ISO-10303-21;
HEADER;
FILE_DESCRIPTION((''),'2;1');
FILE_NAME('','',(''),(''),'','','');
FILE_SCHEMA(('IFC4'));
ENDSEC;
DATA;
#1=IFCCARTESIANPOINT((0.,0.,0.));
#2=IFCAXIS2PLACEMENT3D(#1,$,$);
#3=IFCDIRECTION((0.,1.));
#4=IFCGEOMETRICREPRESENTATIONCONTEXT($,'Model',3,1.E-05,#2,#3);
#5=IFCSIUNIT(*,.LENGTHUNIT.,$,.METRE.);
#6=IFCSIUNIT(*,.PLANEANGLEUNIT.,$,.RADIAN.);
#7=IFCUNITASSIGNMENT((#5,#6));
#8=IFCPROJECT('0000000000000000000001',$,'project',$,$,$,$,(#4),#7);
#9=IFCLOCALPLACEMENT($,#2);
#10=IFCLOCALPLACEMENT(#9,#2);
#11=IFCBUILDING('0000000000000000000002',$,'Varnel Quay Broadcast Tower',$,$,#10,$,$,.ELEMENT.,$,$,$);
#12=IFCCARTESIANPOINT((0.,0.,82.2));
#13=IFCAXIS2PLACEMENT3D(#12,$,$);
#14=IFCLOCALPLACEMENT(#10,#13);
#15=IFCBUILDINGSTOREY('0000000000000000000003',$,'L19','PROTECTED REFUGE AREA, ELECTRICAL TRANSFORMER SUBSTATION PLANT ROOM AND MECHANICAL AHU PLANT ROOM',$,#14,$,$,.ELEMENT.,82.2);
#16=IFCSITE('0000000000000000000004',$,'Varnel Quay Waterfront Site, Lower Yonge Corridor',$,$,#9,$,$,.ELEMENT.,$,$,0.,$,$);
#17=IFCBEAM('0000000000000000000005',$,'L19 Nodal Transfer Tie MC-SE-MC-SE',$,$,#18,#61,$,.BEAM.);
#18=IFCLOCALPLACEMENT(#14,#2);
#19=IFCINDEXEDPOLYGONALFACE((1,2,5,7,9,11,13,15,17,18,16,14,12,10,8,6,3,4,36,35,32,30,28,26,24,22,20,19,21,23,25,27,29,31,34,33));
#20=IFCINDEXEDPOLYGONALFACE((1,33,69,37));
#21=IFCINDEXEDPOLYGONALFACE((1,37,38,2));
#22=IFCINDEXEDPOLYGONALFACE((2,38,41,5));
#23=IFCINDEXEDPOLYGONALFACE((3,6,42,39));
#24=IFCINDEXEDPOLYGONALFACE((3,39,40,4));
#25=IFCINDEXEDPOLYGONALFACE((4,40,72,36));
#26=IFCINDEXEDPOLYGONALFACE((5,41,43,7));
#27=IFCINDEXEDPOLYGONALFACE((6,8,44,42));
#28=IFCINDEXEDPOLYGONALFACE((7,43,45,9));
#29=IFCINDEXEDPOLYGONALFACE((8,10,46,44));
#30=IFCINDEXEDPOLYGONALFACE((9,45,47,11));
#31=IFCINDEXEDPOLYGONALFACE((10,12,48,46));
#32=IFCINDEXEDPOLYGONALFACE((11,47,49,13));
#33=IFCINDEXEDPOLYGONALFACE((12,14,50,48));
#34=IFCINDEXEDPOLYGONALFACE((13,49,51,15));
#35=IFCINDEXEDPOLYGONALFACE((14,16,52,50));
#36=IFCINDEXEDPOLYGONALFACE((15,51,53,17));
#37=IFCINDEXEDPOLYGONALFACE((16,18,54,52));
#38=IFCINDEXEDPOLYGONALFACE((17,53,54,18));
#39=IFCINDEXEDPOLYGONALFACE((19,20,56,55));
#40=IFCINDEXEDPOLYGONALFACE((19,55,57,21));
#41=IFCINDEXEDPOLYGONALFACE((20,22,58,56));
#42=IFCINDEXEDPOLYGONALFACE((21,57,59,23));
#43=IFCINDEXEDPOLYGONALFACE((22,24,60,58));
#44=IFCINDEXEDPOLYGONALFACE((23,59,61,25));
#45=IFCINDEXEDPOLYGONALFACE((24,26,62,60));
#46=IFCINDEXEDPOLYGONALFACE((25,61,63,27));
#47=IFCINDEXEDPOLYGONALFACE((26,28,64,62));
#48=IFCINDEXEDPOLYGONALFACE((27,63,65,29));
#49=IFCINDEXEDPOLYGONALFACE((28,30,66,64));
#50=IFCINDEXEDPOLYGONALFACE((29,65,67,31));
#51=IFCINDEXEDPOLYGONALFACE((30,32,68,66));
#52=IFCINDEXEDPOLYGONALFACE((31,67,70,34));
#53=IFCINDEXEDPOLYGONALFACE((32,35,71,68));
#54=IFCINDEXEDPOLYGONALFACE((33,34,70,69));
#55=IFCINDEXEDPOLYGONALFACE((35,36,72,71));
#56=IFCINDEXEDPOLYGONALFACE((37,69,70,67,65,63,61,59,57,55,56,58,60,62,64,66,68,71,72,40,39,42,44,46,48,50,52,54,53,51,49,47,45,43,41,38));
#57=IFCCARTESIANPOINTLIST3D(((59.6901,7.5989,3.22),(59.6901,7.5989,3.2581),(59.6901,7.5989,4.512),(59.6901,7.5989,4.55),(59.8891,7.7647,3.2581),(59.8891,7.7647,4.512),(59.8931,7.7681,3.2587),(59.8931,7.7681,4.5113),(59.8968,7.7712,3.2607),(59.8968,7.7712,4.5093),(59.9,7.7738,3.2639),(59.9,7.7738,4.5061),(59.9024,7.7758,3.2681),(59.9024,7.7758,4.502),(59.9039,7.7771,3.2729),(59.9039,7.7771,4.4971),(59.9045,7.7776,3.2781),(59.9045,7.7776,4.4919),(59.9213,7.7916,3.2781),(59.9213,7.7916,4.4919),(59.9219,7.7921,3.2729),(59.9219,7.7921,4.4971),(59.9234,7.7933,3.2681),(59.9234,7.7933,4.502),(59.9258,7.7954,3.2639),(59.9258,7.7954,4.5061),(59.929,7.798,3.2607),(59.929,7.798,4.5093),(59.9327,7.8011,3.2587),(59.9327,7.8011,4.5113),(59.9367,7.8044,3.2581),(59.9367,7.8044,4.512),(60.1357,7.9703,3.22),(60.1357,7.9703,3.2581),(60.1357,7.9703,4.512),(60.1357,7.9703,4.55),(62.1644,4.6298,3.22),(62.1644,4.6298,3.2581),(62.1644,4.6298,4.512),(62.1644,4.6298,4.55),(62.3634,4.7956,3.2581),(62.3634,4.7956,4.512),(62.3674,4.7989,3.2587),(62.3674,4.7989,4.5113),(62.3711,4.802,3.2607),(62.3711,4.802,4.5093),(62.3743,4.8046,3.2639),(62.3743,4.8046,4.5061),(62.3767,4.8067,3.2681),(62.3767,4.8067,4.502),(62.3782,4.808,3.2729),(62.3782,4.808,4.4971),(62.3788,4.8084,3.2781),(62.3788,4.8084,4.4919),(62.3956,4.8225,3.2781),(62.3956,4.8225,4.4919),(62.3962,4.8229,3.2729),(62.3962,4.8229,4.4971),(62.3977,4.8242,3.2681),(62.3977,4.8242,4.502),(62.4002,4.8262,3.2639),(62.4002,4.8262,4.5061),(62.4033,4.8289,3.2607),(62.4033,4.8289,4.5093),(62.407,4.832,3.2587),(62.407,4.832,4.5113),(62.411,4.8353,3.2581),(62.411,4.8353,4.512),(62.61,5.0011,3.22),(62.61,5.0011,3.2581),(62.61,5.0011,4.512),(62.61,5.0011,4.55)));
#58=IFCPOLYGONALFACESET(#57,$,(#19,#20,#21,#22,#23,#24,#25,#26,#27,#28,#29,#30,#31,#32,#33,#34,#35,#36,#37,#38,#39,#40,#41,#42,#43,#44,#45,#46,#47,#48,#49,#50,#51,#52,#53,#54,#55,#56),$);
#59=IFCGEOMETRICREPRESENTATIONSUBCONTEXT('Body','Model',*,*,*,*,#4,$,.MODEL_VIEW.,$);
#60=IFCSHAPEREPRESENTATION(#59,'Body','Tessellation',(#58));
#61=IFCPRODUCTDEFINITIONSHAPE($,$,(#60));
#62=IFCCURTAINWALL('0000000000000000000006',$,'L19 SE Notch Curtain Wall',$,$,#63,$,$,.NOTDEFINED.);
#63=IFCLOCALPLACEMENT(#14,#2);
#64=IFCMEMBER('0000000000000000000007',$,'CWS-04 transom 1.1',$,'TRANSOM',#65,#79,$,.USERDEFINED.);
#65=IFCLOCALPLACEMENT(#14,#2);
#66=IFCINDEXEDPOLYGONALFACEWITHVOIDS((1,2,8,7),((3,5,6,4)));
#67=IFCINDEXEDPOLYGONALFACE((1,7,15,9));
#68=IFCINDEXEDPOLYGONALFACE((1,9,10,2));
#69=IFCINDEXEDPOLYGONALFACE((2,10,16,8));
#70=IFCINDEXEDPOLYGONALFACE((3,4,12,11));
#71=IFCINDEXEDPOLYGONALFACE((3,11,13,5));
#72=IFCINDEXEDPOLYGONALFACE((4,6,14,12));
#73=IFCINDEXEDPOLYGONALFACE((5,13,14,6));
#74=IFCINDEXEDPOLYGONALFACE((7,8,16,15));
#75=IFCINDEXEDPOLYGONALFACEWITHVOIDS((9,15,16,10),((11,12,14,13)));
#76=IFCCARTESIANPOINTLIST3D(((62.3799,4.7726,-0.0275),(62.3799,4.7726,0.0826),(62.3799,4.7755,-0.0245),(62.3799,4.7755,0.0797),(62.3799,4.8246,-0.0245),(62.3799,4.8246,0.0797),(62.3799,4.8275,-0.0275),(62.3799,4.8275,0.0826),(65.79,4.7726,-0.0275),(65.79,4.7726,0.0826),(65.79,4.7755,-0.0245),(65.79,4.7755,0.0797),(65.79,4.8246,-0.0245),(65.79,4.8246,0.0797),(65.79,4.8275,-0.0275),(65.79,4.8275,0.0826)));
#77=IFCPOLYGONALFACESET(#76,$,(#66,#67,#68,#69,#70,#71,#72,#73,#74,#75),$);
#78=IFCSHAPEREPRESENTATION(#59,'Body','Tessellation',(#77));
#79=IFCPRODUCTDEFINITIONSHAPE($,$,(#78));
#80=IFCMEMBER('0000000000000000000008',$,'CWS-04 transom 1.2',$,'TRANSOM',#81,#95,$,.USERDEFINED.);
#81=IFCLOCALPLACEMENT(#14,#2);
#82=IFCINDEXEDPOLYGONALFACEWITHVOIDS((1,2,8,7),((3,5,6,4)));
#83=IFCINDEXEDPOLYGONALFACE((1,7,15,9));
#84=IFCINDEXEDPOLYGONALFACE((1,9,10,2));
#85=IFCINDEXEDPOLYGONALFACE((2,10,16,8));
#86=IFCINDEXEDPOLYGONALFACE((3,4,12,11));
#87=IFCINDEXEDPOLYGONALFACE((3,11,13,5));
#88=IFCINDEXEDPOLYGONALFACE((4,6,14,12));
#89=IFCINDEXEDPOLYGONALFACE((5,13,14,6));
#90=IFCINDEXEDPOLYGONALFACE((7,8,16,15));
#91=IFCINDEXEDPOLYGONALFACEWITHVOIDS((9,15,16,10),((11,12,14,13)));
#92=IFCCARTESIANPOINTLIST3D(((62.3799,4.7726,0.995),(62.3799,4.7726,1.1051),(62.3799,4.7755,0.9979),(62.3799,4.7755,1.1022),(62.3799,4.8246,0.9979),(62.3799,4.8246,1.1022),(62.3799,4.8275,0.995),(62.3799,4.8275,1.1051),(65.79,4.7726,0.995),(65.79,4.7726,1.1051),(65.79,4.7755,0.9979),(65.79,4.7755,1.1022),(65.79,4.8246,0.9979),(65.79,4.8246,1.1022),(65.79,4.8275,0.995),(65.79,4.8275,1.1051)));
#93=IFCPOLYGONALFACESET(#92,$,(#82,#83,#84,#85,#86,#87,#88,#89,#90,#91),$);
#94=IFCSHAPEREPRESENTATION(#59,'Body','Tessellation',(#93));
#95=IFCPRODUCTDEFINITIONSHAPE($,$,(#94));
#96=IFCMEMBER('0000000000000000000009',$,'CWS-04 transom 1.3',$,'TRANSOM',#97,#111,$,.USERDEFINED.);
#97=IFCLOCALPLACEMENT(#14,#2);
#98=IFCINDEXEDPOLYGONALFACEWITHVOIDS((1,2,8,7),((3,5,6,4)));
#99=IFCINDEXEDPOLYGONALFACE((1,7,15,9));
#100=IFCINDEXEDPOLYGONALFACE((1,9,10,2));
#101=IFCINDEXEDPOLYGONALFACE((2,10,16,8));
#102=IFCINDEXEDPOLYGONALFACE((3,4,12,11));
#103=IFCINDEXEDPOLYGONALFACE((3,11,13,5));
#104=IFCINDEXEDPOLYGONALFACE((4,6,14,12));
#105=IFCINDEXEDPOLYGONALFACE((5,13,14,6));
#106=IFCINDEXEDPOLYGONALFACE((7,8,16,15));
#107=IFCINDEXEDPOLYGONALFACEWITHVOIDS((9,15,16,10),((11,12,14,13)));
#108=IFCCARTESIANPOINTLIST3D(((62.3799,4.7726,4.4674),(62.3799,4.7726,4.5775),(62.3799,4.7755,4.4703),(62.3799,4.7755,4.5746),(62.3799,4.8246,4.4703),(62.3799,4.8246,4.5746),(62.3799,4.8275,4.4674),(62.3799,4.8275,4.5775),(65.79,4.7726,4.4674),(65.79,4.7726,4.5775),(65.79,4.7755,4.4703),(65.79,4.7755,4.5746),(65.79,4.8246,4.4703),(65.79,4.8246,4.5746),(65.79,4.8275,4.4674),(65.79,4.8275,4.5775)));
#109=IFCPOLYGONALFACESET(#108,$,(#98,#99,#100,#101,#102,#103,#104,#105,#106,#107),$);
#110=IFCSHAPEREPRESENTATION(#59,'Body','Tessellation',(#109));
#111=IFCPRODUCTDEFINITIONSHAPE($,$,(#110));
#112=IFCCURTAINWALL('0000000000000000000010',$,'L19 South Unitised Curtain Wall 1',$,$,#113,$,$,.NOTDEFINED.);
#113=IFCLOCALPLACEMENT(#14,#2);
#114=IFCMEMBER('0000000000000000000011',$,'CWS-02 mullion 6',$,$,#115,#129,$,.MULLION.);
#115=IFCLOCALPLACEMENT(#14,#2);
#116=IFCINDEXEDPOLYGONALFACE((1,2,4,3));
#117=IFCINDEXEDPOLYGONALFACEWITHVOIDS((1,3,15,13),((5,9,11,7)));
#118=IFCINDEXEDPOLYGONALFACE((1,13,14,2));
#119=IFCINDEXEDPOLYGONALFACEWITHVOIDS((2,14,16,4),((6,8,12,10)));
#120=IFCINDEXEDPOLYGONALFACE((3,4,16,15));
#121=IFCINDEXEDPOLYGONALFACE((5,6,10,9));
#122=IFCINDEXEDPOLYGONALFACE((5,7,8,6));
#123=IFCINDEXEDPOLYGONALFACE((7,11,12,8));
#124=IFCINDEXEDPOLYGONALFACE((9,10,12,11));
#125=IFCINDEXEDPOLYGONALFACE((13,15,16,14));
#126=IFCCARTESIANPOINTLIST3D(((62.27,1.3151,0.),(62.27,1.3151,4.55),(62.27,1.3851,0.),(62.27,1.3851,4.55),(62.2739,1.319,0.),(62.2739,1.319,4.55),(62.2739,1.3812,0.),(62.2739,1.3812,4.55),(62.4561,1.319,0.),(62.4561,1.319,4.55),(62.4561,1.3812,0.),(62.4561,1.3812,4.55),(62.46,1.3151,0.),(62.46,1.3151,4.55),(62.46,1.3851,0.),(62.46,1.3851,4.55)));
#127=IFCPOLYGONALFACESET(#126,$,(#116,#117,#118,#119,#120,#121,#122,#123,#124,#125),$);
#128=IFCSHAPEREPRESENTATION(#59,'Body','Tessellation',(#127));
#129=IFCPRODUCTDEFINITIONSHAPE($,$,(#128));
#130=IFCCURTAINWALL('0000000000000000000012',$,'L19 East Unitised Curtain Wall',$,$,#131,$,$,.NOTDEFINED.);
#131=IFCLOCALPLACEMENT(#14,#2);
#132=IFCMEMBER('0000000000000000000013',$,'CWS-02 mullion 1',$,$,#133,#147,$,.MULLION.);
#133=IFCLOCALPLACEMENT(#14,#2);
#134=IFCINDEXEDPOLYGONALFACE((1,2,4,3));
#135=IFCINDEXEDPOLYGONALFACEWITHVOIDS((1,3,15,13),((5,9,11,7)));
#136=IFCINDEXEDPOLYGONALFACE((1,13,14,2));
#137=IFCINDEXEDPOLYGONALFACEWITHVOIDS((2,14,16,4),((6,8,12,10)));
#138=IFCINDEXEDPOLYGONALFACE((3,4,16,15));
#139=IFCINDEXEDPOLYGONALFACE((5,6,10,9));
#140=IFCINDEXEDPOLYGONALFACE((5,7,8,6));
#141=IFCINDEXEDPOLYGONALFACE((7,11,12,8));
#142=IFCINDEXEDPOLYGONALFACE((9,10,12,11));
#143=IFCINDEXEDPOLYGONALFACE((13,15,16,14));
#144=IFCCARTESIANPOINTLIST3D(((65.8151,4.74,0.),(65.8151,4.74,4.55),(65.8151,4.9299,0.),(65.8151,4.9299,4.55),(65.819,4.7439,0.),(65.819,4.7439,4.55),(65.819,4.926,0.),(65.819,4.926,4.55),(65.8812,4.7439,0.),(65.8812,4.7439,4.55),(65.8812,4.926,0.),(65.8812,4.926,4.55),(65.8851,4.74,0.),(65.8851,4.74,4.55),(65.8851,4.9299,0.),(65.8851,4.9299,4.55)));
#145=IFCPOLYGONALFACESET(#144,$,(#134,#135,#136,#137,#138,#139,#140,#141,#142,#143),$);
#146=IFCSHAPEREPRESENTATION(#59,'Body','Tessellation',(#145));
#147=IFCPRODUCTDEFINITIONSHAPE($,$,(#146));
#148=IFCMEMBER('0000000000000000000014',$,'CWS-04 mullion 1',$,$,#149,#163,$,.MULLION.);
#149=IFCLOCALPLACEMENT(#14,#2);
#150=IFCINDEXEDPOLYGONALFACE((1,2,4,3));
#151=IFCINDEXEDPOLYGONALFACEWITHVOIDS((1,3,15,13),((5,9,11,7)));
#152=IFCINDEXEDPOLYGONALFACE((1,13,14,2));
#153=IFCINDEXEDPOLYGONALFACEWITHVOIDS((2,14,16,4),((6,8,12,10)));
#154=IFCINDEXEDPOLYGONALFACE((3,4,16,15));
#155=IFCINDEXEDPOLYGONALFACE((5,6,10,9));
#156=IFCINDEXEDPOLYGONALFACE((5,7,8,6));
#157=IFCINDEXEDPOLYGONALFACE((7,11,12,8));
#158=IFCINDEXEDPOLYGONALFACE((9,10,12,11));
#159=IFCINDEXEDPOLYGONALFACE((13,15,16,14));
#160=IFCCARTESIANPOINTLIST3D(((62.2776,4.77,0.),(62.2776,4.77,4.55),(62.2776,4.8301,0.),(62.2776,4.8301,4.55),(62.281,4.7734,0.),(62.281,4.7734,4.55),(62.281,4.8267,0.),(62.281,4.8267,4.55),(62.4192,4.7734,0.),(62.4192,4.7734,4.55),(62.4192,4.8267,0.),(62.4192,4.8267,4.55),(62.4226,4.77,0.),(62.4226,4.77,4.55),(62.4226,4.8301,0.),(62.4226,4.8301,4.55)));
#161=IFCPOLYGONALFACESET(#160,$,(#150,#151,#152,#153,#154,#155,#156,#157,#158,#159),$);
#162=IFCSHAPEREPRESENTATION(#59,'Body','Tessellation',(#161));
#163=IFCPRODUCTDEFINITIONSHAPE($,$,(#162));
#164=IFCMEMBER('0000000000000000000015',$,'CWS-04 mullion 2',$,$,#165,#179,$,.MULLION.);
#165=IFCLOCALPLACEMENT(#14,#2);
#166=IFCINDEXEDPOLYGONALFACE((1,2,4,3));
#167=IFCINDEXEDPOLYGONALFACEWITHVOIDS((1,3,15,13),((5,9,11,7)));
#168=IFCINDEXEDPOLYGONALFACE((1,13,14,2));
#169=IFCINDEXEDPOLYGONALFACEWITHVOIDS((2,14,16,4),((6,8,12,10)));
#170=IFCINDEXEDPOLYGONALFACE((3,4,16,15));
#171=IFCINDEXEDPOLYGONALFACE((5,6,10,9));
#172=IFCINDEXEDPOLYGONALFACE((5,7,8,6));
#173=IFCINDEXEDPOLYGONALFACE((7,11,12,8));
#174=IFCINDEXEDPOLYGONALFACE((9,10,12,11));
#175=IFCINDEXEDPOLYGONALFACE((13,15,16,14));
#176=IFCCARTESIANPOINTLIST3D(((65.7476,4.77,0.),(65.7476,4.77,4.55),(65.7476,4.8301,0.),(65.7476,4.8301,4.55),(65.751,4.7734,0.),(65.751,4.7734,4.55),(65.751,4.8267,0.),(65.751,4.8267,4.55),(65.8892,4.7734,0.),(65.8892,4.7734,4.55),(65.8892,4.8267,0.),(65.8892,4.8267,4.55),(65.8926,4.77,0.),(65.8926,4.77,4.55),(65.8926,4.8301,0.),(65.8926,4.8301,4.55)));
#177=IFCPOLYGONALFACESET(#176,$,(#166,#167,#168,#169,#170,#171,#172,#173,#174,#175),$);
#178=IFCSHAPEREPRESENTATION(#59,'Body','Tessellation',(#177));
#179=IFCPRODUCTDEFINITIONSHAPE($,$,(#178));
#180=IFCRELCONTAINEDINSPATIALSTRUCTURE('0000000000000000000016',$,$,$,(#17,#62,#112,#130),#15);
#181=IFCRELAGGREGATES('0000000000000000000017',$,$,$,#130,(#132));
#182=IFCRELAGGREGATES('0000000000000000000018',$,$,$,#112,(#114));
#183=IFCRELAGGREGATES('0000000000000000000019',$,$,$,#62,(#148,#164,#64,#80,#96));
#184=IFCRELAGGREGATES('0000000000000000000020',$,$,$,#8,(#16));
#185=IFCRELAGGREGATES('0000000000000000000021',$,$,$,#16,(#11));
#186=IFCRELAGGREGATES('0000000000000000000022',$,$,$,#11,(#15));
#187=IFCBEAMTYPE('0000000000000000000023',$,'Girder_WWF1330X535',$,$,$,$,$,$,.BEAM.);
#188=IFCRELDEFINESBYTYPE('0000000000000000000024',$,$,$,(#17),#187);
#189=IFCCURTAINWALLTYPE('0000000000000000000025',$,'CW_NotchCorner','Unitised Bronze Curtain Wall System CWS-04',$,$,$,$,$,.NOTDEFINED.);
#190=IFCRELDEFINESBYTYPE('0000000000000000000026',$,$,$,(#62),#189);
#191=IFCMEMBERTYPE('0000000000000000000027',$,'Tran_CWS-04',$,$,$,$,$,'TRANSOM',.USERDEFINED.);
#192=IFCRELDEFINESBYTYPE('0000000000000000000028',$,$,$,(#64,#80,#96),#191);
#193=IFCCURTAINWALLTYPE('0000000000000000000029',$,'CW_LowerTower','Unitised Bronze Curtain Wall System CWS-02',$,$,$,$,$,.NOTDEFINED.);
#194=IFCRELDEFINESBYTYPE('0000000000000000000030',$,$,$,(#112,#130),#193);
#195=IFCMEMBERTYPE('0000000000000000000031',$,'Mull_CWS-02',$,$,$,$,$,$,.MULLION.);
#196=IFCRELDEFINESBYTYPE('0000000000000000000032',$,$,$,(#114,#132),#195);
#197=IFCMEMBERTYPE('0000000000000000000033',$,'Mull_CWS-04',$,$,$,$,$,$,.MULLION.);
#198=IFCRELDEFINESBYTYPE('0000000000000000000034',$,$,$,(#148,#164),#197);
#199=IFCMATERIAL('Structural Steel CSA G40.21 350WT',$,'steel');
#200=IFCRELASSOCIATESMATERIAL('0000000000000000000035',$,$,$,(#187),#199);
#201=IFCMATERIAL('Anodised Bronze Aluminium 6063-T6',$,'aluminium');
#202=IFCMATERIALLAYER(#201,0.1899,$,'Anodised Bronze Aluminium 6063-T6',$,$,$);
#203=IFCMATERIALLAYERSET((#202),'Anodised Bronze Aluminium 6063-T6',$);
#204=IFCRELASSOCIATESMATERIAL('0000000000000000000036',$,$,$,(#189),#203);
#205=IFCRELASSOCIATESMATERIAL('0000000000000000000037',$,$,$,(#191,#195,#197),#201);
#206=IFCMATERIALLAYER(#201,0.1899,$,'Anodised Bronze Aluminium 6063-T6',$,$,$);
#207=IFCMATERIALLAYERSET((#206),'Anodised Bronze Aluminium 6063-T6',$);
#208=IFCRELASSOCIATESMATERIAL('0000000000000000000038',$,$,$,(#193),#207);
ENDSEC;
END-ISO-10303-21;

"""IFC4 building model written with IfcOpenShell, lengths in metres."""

from ifc_helpers import new_model, si_unit, direction, frame, origin, origin_2d, place, context, subcontext, project, spatial, hollow_rectangle, i_section, extrude, source, transform, mapped, material, layer, layer_set, material_profile, profile_set, type_object, type_shapes, element, aggregate, save


model = new_model("IFC4")

# Units and contexts
model_context = context("Model", 3, precision=1e-05, world=origin(), true_north=direction((0.0, 1.0)))
body_context = subcontext(model_context, "Body", "Model", "MODEL_VIEW")
ifc_project = project(units=[si_unit("LENGTHUNIT", "METRE"), si_unit("PLANEANGLEUNIT", "RADIAN")], contexts=[model_context])

# Site, building, storey
site_placement = place(None, origin())
site = spatial("IfcSite", under=ifc_project, at=site_placement, Name="Varnel Quay Waterfront Site, Lower Yonge Corridor", CompositionType="ELEMENT", RefElevation=0.0)
building_placement = place(site_placement, origin())
building = spatial("IfcBuilding", under=site, at=building_placement, Name="Varnel Quay Broadcast Tower", CompositionType="ELEMENT")
storey_placement = place(building_placement, frame((0.0, 0.0, 82.2)))
storey = spatial("IfcBuildingStorey", under=building, at=storey_placement, Name="L19", Description="PROTECTED REFUGE AREA, ELECTRICAL TRANSFORMER SUBSTATION PLANT ROOM AND MECHANICAL AHU PLANT ROOM", CompositionType="ELEMENT", Elevation=82.2)

# Shared definitions
ifc_material_1 = material(Name="Structural Steel CSA G40.21 350WT", Category="steel")

# Beam
ifc_material_profile_1 = material_profile(ifc_material_1, i_section(OverallWidth=0.5801, OverallDepth=1.3301, WebThickness=0.022, FlangeThickness=0.0381, FilletRadius=0.02, at=origin_2d()), Name="WWF1330X535")
ifc_profile_set_1 = profile_set([ifc_material_profile_1], Name="Structural Steel CSA G40.21 350WT")
beam_type_1 = type_object("IfcBeamType", Name="Girder_WWF1330X535", PredefinedType="BEAM", material=ifc_profile_set_1)
shared_shape_1 = source(origin(), body_context, "Body", "SweptSolid", [
    extrude(i_section(OverallWidth=0.5801, OverallDepth=1.3301, WebThickness=0.022, FlangeThickness=0.0381, FilletRadius=0.02, at=origin_2d()), origin(), (0.0, 0.0, 1.0), 3.865),
])
beam_1_placement = place(storey_placement, frame((62.3872, 4.8154, 3.885), z_axis=(-0.640184, 0.768221, 0.0), x_axis=(-0.768221, -0.640184, 0.0)))
element("IfcBeam", 1, at=beam_1_placement, inside=storey, type_object=beam_type_1, Name="L19 Nodal Transfer Tie MC-SE-MC-SE", PredefinedType="BEAM", context=body_context, shape_type="MappedRepresentation", body=[
    mapped(shared_shape_1, transform((0.0, 0.0, 0.0), x_axis=(1.0, 0.0, 0.0), y_axis=(0.0, 1.0, 0.0), z_axis=(0.0, 0.0, 1.0), scale=1.0)),
])

# Curtain wall, members
ifc_material_2 = material(Name="Anodised Bronze Aluminium 6063-T6", Category="aluminium")
ifc_layer_1 = layer(ifc_material_2, 0.1899, Name="Anodised Bronze Aluminium 6063-T6")
ifc_layer_set_1 = layer_set([ifc_layer_1], Name="Anodised Bronze Aluminium 6063-T6")
curtain_wall_type_1 = type_object("IfcCurtainWallType", Name="CW_NotchCorner", Description="Unitised Bronze Curtain Wall System CWS-04", PredefinedType="NOTDEFINED", material=ifc_layer_set_1)
curtain_wall_1_placement = place(storey_placement, origin())
curtain_wall_1 = element("IfcCurtainWall", 2, at=curtain_wall_1_placement, inside=storey, type_object=curtain_wall_type_1, Name="L19 SE Notch Curtain Wall", PredefinedType="NOTDEFINED")
ifc_material_profile_2 = material_profile(ifc_material_2, hollow_rectangle(XDim=0.0549, YDim=0.1101, WallThickness=0.0029, at=origin_2d()), Name="ALU55X110X3")
ifc_profile_set_2 = profile_set([ifc_material_profile_2], Name="Anodised Bronze Aluminium 6063-T6")
member_type_1 = type_object("IfcMemberType", Name="Tran_CWS-04", ElementType="TRANSOM", PredefinedType="USERDEFINED", material=ifc_profile_set_2)
shared_shape_2 = source(origin(), body_context, "Body", "SweptSolid", [
    extrude(hollow_rectangle(XDim=0.0549, YDim=0.1101, WallThickness=0.0029, at=origin_2d()), origin(), (0.0, 0.0, 1.0), 3.4102),
])
type_shapes(member_type_1, [shared_shape_2])
member_1_placement = place(storey_placement, frame((62.3799, 4.8, 0.0276), z_axis=(1.0, 0.0, 0.0), x_axis=(0.0, 1.0, 0.0)))
member_1 = element("IfcMember", 3, at=member_1_placement, type_object=member_type_1, Name="CWS-04 transom 1.1", ObjectType="TRANSOM", PredefinedType="USERDEFINED", context=body_context, shape_type="MappedRepresentation", body=[
    mapped(shared_shape_2, transform((0.0, 0.0, 0.0), x_axis=(1.0, 0.0, 0.0), y_axis=(0.0, 1.0, 0.0), z_axis=(0.0, 0.0, 1.0), scale=1.0)),
])
member_2_placement = place(storey_placement, frame((62.3799, 4.8, 1.05), z_axis=(1.0, 0.0, 0.0), x_axis=(0.0, 1.0, 0.0)))
member_2 = element("IfcMember", 4, at=member_2_placement, type_object=member_type_1, Name="CWS-04 transom 1.2", ObjectType="TRANSOM", PredefinedType="USERDEFINED", context=body_context, shape_type="MappedRepresentation", body=[
    mapped(shared_shape_2, transform((0.0, 0.0, 0.0), x_axis=(1.0, 0.0, 0.0), y_axis=(0.0, 1.0, 0.0), z_axis=(0.0, 0.0, 1.0), scale=1.0)),
])
member_3_placement = place(storey_placement, frame((62.3799, 4.8, 4.5225), z_axis=(1.0, 0.0, 0.0), x_axis=(0.0, 1.0, 0.0)))
member_3 = element("IfcMember", 5, at=member_3_placement, type_object=member_type_1, Name="CWS-04 transom 1.3", ObjectType="TRANSOM", PredefinedType="USERDEFINED", context=body_context, shape_type="MappedRepresentation", body=[
    mapped(shared_shape_2, transform((0.0, 0.0, 0.0), x_axis=(1.0, 0.0, 0.0), y_axis=(0.0, 1.0, 0.0), z_axis=(0.0, 0.0, 1.0), scale=1.0)),
])

# Curtain walls, members
ifc_layer_2 = layer(ifc_material_2, 0.1899, Name="Anodised Bronze Aluminium 6063-T6")
ifc_layer_set_2 = layer_set([ifc_layer_2], Name="Anodised Bronze Aluminium 6063-T6")
curtain_wall_type_2 = type_object("IfcCurtainWallType", Name="CW_LowerTower", Description="Unitised Bronze Curtain Wall System CWS-02", PredefinedType="NOTDEFINED", material=ifc_layer_set_2)
curtain_wall_2_placement = place(storey_placement, origin())
curtain_wall_2 = element("IfcCurtainWall", 6, at=curtain_wall_2_placement, inside=storey, type_object=curtain_wall_type_2, Name="L19 South Unitised Curtain Wall 1", PredefinedType="NOTDEFINED")
ifc_material_profile_3 = material_profile(ifc_material_2, hollow_rectangle(XDim=0.0701, YDim=0.1899, WallThickness=0.0039, at=origin_2d()), Name="ALU70X190X4")
ifc_profile_set_3 = profile_set([ifc_material_profile_3], Name="Anodised Bronze Aluminium 6063-T6")
member_type_2 = type_object("IfcMemberType", Name="Mull_CWS-02", PredefinedType="MULLION", material=ifc_profile_set_3)
shared_shape_3 = source(origin(), body_context, "Body", "SweptSolid", [
    extrude(hollow_rectangle(XDim=0.0701, YDim=0.1899, WallThickness=0.0039, at=origin_2d()), origin(), (0.0, 0.0, 1.0), 4.55),
])
type_shapes(member_type_2, [shared_shape_3])
member_4_placement = place(storey_placement, frame((62.365, 1.3501, 0.0), z_axis=(0.0, 0.0, 1.0), x_axis=(0.0, 1.0, 0.0)))
member_4 = element("IfcMember", 7, at=member_4_placement, type_object=member_type_2, Name="CWS-02 mullion 6", PredefinedType="MULLION", context=body_context, shape_type="MappedRepresentation", body=[
    mapped(shared_shape_3, transform((0.0, 0.0, 0.0), x_axis=(1.0, 0.0, 0.0), y_axis=(0.0, 1.0, 0.0), z_axis=(0.0, 0.0, 1.0), scale=1.0)),
])
curtain_wall_3_placement = place(storey_placement, origin())
curtain_wall_3 = element("IfcCurtainWall", 8, at=curtain_wall_3_placement, inside=storey, type_object=curtain_wall_type_2, Name="L19 East Unitised Curtain Wall", PredefinedType="NOTDEFINED")
member_5_placement = place(storey_placement, frame((65.8501, 4.835, 0.0), z_axis=(0.0, 0.0, 1.0), x_axis=(-1.0, 0.0, 0.0)))
member_5 = element("IfcMember", 9, at=member_5_placement, type_object=member_type_2, Name="CWS-02 mullion 1", PredefinedType="MULLION", context=body_context, shape_type="MappedRepresentation", body=[
    mapped(shared_shape_3, transform((0.0, 0.0, 0.0), x_axis=(1.0, 0.0, 0.0), y_axis=(0.0, 1.0, 0.0), z_axis=(0.0, 0.0, 1.0), scale=1.0)),
])
aggregate(curtain_wall_3, [member_5])

# Members
ifc_material_profile_4 = material_profile(ifc_material_2, hollow_rectangle(XDim=0.0601, YDim=0.145, WallThickness=0.0034, at=origin_2d()), Name="ALU60X145X3.5")
ifc_profile_set_4 = profile_set([ifc_material_profile_4], Name="Anodised Bronze Aluminium 6063-T6")
member_type_3 = type_object("IfcMemberType", Name="Mull_CWS-04", PredefinedType="MULLION", material=ifc_profile_set_4)
shared_shape_4 = source(origin(), body_context, "Body", "SweptSolid", [
    extrude(hollow_rectangle(XDim=0.0601, YDim=0.145, WallThickness=0.0034, at=origin_2d()), origin(), (0.0, 0.0, 1.0), 4.55),
])
type_shapes(member_type_3, [shared_shape_4])
member_6_placement = place(storey_placement, frame((62.3501, 4.8, 0.0), z_axis=(0.0, 0.0, 1.0), x_axis=(0.0, 1.0, 0.0)))
member_6 = element("IfcMember", 10, at=member_6_placement, type_object=member_type_3, Name="CWS-04 mullion 1", PredefinedType="MULLION", context=body_context, shape_type="MappedRepresentation", body=[
    mapped(shared_shape_4, transform((0.0, 0.0, 0.0), x_axis=(1.0, 0.0, 0.0), y_axis=(0.0, 1.0, 0.0), z_axis=(0.0, 0.0, 1.0), scale=1.0)),
])
member_7_placement = place(storey_placement, frame((65.8201, 4.8, 0.0), z_axis=(0.0, 0.0, 1.0), x_axis=(0.0, 1.0, 0.0)))
member_7 = element("IfcMember", 11, at=member_7_placement, type_object=member_type_3, Name="CWS-04 mullion 2", PredefinedType="MULLION", context=body_context, shape_type="MappedRepresentation", body=[
    mapped(shared_shape_4, transform((0.0, 0.0, 0.0), x_axis=(1.0, 0.0, 0.0), y_axis=(0.0, 1.0, 0.0), z_axis=(0.0, 0.0, 1.0), scale=1.0)),
])

aggregate(curtain_wall_2, [member_4])
aggregate(curtain_wall_1, [member_6, member_7, member_1, member_2, member_3])

save(model, "model.ifc")
